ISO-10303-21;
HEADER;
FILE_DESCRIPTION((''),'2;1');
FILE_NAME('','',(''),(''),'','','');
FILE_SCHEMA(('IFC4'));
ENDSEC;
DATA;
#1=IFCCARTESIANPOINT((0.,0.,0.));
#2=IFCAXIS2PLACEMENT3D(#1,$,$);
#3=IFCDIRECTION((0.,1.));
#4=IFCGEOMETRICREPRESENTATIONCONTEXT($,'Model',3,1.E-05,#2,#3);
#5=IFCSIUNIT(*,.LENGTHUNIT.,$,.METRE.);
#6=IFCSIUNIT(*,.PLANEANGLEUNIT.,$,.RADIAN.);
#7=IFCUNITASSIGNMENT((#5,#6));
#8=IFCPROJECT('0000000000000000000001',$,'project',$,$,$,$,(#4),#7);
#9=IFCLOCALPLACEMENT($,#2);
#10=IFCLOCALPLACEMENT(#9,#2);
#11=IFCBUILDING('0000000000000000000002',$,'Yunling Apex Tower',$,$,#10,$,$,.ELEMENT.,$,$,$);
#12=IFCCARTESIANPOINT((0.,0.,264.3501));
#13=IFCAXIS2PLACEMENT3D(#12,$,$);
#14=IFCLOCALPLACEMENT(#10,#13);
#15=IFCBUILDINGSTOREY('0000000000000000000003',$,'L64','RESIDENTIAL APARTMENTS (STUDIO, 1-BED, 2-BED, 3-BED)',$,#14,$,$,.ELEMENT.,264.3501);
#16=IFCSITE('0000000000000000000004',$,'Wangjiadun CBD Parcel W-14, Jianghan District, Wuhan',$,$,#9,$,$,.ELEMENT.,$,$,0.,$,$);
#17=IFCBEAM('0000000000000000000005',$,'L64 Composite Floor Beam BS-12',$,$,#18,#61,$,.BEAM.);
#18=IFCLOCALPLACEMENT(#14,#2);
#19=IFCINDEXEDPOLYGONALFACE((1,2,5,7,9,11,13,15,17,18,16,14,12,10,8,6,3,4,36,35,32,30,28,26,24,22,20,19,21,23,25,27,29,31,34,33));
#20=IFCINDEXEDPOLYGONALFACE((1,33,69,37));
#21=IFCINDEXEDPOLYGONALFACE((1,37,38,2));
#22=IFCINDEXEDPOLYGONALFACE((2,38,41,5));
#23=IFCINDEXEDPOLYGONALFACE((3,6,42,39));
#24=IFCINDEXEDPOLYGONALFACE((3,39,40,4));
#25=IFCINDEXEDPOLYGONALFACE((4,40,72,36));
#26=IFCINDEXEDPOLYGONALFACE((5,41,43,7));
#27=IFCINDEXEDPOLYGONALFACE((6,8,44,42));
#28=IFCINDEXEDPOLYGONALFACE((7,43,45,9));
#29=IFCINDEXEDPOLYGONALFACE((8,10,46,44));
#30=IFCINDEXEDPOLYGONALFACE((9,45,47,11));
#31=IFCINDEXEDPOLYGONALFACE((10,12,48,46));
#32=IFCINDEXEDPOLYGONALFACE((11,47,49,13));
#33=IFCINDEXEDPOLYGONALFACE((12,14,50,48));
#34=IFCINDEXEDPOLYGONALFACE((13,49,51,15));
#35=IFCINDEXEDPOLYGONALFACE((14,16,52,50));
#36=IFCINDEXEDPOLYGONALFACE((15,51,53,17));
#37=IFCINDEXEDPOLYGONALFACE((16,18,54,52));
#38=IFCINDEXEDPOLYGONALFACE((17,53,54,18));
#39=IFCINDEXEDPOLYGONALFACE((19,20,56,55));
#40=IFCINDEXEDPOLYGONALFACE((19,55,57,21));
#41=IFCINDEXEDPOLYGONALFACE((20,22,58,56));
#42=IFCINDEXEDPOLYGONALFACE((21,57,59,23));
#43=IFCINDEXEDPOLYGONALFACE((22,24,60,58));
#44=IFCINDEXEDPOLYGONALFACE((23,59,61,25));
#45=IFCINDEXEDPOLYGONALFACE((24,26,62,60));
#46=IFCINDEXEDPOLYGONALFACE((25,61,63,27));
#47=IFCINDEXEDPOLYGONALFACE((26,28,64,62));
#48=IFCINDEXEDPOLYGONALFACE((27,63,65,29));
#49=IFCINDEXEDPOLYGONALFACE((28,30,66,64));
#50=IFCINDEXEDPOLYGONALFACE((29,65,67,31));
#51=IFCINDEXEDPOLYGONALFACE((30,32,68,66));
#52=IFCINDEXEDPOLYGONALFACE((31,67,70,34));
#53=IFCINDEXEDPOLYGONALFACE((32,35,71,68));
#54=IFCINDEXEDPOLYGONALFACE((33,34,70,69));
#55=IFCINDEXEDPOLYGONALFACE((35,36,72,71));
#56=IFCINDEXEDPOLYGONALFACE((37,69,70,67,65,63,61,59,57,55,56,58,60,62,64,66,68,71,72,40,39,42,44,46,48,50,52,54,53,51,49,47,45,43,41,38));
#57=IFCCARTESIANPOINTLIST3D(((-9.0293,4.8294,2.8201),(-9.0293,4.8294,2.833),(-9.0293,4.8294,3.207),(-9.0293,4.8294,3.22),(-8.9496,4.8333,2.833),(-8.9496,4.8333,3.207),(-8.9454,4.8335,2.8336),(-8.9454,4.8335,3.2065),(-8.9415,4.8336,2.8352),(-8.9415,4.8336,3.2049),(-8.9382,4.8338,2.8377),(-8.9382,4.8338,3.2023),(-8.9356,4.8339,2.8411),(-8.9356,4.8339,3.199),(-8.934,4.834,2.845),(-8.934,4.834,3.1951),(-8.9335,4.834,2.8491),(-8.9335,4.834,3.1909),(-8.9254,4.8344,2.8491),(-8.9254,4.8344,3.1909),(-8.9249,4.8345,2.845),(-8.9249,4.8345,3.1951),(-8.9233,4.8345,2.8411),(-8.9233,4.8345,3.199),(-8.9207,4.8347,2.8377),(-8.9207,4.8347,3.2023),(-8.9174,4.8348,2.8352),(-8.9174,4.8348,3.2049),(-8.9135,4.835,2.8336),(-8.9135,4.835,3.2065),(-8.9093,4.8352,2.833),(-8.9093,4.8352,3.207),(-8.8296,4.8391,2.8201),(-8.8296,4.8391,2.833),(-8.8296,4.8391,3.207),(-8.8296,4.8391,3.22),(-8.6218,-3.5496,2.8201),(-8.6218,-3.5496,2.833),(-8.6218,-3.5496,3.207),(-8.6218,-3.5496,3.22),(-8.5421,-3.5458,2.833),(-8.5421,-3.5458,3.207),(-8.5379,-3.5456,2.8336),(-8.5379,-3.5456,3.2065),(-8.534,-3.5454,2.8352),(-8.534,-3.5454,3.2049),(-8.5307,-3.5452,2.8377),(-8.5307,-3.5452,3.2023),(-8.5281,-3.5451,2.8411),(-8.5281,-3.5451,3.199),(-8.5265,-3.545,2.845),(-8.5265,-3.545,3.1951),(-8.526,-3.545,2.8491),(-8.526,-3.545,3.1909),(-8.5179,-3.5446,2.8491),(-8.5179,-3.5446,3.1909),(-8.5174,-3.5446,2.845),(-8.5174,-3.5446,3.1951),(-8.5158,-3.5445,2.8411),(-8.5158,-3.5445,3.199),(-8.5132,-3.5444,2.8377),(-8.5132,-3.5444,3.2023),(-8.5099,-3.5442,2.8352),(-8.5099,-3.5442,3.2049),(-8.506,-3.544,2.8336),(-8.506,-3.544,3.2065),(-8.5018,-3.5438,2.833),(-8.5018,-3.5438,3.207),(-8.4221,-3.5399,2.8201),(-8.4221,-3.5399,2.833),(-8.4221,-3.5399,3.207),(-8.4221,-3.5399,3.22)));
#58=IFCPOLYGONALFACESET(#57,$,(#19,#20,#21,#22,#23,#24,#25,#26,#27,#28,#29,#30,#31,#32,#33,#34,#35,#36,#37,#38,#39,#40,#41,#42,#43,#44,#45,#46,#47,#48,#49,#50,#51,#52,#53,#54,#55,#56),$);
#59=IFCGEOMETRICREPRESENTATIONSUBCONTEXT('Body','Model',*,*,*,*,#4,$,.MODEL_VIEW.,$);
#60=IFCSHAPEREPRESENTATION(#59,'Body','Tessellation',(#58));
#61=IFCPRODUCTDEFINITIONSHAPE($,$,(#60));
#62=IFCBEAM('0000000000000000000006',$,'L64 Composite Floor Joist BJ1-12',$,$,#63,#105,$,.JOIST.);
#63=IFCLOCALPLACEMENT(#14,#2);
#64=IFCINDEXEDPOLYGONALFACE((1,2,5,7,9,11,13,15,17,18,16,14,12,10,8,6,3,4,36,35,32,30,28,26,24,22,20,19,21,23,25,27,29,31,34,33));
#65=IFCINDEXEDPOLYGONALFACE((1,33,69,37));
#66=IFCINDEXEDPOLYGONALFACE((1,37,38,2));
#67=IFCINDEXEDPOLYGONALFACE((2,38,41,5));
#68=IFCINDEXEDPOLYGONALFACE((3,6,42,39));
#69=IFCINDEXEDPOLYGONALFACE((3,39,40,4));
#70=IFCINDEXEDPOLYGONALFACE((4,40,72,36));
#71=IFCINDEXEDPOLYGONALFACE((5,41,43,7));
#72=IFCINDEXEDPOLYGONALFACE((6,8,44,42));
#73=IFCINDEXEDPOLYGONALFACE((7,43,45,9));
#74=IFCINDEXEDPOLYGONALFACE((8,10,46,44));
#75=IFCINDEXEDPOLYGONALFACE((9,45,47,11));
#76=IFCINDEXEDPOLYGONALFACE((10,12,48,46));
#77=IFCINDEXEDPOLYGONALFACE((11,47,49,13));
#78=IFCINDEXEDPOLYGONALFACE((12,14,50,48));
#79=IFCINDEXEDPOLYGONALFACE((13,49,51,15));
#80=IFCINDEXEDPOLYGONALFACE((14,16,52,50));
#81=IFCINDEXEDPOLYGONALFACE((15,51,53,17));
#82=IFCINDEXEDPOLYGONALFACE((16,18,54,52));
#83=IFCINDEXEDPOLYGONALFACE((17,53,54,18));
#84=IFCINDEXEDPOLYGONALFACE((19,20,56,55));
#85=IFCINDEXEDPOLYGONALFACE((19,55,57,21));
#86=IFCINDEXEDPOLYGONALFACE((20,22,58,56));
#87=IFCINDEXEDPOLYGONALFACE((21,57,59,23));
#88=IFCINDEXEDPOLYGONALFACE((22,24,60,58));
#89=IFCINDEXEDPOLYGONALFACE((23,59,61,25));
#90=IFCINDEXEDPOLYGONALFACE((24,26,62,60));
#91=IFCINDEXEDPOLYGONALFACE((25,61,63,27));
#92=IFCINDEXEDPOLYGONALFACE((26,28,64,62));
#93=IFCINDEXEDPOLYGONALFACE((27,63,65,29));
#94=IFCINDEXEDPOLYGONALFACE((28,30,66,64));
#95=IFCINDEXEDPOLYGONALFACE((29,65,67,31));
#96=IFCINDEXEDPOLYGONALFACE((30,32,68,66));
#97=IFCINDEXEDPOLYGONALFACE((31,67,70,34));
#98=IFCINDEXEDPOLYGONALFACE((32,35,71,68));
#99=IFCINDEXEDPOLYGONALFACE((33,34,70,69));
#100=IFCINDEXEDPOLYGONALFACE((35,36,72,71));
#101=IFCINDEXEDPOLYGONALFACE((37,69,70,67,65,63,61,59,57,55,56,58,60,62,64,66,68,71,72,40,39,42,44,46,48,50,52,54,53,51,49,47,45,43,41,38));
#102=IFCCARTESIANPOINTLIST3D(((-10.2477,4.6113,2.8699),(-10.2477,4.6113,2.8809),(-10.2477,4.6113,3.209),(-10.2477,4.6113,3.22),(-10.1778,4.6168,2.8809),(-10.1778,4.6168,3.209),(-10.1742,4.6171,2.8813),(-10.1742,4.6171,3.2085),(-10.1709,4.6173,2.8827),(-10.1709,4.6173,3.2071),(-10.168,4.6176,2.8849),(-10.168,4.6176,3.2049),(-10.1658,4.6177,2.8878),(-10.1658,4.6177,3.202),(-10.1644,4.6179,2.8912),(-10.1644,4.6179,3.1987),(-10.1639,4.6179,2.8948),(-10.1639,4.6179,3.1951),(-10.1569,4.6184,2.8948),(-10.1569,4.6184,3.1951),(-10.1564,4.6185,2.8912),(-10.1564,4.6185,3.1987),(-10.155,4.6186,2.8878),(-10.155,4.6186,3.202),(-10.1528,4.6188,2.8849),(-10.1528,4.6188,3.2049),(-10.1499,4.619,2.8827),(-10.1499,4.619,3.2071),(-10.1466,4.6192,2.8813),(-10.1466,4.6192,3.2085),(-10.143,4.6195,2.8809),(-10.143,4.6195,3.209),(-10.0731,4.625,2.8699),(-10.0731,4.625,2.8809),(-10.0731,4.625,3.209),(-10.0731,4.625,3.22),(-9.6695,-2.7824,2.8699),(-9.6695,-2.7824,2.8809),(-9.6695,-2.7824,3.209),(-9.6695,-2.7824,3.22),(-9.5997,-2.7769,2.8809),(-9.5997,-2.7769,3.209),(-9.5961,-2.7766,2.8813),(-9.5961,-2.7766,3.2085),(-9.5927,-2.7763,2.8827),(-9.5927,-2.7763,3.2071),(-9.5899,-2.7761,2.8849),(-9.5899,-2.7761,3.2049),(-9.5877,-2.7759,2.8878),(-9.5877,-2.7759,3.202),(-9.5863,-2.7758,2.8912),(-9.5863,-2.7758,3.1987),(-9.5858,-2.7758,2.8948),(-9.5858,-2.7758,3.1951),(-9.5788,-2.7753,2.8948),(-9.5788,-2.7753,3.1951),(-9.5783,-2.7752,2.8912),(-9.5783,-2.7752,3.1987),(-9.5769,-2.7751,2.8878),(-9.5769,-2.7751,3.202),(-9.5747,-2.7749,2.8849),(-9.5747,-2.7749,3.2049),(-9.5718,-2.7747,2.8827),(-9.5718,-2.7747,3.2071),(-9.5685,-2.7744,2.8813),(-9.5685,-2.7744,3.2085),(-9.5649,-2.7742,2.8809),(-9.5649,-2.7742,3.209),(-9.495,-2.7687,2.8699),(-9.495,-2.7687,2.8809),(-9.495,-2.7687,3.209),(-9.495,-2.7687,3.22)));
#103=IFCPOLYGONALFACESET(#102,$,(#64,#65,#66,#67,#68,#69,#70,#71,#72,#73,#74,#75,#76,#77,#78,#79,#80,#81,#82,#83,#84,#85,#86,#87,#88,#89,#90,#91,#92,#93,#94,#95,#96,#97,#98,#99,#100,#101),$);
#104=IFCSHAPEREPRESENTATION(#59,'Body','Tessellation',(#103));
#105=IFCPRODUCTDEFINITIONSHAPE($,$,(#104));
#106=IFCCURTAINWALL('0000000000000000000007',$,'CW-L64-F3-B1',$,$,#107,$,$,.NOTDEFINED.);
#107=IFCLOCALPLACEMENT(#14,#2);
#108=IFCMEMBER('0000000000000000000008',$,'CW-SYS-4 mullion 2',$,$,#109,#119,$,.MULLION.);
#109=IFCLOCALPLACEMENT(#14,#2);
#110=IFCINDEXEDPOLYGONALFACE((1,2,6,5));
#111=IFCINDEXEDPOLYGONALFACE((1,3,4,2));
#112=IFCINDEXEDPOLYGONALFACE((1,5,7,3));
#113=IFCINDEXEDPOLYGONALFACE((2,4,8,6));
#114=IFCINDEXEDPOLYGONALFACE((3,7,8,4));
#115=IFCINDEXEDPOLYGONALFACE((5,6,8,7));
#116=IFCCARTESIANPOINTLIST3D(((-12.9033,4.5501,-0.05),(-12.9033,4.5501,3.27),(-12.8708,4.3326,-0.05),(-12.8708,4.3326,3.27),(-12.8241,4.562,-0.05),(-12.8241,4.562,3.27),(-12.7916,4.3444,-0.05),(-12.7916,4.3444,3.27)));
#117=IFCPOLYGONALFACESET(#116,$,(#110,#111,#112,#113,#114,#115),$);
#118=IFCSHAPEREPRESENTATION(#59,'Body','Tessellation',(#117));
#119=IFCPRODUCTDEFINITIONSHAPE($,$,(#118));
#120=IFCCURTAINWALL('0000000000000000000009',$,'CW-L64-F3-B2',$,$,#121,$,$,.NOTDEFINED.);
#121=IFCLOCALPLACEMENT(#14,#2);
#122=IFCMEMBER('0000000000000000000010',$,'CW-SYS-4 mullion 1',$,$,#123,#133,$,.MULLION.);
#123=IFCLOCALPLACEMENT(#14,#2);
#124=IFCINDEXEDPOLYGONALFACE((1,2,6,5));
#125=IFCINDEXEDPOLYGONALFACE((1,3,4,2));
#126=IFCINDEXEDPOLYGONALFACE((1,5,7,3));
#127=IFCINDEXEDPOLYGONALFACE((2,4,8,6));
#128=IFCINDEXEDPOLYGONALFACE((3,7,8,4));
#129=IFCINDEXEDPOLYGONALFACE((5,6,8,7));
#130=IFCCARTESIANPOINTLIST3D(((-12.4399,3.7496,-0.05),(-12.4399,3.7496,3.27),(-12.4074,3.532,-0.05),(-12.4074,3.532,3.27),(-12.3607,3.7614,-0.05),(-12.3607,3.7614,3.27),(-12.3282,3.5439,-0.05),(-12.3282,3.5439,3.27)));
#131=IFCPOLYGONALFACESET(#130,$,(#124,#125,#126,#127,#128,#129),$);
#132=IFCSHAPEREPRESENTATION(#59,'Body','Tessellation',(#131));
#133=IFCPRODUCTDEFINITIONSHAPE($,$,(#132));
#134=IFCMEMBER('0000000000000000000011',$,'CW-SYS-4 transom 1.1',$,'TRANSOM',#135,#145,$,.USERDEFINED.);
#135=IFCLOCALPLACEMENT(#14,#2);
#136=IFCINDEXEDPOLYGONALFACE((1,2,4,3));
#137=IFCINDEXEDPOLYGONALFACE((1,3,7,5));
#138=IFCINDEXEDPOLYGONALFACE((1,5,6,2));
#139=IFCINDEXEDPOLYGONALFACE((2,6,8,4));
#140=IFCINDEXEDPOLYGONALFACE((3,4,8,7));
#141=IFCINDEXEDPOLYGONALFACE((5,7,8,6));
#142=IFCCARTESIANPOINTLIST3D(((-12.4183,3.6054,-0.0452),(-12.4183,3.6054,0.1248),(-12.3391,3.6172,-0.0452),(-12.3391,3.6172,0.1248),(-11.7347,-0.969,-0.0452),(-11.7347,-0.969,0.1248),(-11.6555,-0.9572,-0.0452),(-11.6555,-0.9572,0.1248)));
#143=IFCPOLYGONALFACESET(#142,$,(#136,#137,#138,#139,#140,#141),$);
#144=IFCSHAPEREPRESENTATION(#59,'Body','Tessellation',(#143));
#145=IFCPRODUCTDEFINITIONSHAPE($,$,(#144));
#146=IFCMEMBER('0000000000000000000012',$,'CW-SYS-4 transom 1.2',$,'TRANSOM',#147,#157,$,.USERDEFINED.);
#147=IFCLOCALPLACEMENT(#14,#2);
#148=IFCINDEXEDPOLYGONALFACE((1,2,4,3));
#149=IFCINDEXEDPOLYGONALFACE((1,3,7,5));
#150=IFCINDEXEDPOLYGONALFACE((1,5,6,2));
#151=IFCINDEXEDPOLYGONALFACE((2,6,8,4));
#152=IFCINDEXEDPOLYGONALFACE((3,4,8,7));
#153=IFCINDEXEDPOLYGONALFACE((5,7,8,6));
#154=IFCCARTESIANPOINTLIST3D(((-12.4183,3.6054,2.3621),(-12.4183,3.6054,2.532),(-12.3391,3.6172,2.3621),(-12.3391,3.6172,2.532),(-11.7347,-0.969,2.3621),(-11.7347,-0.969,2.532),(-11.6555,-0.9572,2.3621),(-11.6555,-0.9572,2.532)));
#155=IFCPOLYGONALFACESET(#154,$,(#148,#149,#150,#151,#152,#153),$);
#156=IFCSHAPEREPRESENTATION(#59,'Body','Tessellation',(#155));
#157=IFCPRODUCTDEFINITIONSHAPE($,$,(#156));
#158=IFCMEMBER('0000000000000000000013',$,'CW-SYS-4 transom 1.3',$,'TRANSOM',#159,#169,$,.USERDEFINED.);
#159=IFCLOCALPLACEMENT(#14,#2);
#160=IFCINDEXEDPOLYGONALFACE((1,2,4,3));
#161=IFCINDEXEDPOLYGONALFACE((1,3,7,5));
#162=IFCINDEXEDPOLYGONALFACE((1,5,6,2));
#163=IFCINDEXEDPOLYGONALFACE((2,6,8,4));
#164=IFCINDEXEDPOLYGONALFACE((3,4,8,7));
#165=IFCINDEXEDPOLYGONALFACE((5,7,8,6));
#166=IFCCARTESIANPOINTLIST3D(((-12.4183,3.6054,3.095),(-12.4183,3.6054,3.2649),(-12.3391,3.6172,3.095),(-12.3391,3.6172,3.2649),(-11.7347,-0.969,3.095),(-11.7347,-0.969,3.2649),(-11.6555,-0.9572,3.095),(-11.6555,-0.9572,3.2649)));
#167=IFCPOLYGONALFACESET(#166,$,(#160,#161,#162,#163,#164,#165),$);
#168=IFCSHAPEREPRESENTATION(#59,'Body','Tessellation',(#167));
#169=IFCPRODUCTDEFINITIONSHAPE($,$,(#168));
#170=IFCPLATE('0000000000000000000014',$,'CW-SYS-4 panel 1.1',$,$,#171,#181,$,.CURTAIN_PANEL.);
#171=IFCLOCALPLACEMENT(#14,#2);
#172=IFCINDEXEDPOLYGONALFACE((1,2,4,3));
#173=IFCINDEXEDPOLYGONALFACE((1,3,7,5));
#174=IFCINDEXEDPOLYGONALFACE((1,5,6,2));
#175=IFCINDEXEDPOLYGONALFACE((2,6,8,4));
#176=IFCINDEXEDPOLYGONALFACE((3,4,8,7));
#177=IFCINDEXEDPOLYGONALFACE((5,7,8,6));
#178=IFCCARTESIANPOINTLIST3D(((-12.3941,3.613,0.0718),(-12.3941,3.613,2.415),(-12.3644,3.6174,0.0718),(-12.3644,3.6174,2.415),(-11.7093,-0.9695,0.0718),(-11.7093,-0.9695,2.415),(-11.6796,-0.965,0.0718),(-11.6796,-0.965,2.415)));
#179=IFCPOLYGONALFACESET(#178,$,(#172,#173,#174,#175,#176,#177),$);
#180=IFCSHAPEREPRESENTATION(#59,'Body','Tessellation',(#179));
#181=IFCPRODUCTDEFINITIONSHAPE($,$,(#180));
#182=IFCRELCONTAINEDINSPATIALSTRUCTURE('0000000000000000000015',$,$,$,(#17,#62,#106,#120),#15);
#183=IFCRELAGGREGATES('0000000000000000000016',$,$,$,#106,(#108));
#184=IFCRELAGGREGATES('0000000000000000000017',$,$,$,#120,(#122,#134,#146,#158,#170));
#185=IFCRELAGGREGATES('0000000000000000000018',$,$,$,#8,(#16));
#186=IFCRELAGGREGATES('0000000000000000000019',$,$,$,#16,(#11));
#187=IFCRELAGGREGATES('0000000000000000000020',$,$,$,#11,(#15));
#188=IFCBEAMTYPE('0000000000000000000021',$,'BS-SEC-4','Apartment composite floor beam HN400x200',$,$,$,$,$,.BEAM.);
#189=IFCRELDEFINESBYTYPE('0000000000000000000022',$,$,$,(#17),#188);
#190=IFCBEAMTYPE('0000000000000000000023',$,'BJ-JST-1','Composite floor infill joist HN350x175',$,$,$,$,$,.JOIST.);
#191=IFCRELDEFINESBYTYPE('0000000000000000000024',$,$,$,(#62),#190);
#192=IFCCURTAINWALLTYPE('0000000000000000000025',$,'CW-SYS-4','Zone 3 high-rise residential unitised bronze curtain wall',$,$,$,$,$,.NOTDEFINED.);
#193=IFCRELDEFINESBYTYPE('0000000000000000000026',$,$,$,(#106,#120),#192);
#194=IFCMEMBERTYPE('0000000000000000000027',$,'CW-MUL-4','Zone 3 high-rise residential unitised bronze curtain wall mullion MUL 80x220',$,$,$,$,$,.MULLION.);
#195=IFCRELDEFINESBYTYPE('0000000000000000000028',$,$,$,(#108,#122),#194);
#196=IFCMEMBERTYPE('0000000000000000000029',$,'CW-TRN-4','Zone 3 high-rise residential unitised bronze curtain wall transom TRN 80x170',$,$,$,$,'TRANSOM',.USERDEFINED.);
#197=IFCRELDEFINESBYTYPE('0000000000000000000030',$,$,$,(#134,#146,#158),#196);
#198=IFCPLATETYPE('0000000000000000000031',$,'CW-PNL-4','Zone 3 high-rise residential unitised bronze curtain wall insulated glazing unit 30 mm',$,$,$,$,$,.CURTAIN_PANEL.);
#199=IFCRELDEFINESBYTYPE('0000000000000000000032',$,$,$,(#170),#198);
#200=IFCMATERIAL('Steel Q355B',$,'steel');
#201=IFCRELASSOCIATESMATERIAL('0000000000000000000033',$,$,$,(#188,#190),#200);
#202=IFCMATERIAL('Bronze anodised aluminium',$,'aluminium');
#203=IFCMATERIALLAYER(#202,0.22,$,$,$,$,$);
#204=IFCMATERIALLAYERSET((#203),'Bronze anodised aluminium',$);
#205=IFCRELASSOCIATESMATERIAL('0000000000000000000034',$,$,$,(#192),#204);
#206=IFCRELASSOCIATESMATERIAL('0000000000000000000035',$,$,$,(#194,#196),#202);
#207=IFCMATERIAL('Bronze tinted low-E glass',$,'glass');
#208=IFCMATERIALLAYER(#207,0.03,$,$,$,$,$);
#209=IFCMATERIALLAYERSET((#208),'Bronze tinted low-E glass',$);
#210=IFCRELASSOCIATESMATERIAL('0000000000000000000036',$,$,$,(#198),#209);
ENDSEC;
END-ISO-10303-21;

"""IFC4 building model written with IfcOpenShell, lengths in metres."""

from ifc_helpers import new_model, si_unit, direction, frame, origin, origin_2d, place, context, subcontext, project, spatial, rectangle, i_section, extrude, source, transform, mapped, material, layer, layer_set, material_profile, profile_set, type_object, element, aggregate, save


model = new_model("IFC4")

# Units and contexts
model_context = context("Model", 3, precision=1e-05, world=origin(), true_north=direction((0.0, 1.0)))
body_context = subcontext(model_context, "Body", "Model", "MODEL_VIEW")
ifc_project = project(units=[si_unit("LENGTHUNIT", "METRE"), si_unit("PLANEANGLEUNIT", "RADIAN")], contexts=[model_context])

# Site, building, storey
site_placement = place(None, origin())
site = spatial("IfcSite", under=ifc_project, at=site_placement, Name="Wangjiadun CBD Parcel W-14, Jianghan District, Wuhan", CompositionType="ELEMENT", RefElevation=0.0)
building_placement = place(site_placement, origin())
building = spatial("IfcBuilding", under=site, at=building_placement, Name="Yunling Apex Tower", CompositionType="ELEMENT")
storey_placement = place(building_placement, frame((0.0, 0.0, 264.3501)))
storey = spatial("IfcBuildingStorey", under=building, at=storey_placement, Name="L64", Description="RESIDENTIAL APARTMENTS (STUDIO, 1-BED, 2-BED, 3-BED)", CompositionType="ELEMENT", Elevation=264.3501)

# Shared definitions
ifc_material_1 = material(Name="Steel Q355B", Category="steel")

# Beams
ifc_material_profile_1 = material_profile(ifc_material_1, i_section(OverallWidth=0.2, OverallDepth=0.3999, WebThickness=0.0081, FlangeThickness=0.0129, FilletRadius=0.0161, at=origin_2d()))
ifc_profile_set_1 = profile_set([ifc_material_profile_1], Name="Steel Q355B")
beam_type_1 = type_object("IfcBeamType", Name="BS-SEC-4", Description="Apartment composite floor beam HN400x200", PredefinedType="BEAM", material=ifc_profile_set_1)
shared_shape_1 = source(origin(), body_context, "Body", "SweptSolid", [
    extrude(i_section(OverallWidth=0.2, OverallDepth=0.3999, WebThickness=0.0081, FlangeThickness=0.0129, FilletRadius=0.0161, at=origin_2d()), origin(), (0.0, 0.0, 1.0), 8.3889),
])
beam_1_placement = place(storey_placement, frame((-8.9294, 4.8342, 3.02), z_axis=(0.048573, -0.99882, 0.0), x_axis=(0.99882, 0.048573, 0.0)))
element("IfcBeam", 1, at=beam_1_placement, inside=storey, type_object=beam_type_1, Name="L64 Composite Floor Beam BS-12", PredefinedType="BEAM", context=body_context, shape_type="MappedRepresentation", body=[
    mapped(shared_shape_1, transform((0.0, 0.0, 0.0), scale=1.0)),
])
ifc_material_profile_2 = material_profile(ifc_material_1, i_section(OverallWidth=0.175, OverallDepth=0.3501, WebThickness=0.0071, FlangeThickness=0.011, FilletRadius=0.0139, at=origin_2d()))
ifc_profile_set_2 = profile_set([ifc_material_profile_2], Name="Steel Q355B")
beam_type_2 = type_object("IfcBeamType", Name="BJ-JST-1", Description="Composite floor infill joist HN350x175", PredefinedType="JOIST", material=ifc_profile_set_2)
shared_shape_2 = source(origin(), body_context, "Body", "SweptSolid", [
    extrude(i_section(OverallWidth=0.175, OverallDepth=0.3501, WebThickness=0.0071, FlangeThickness=0.011, FilletRadius=0.0139, at=origin_2d()), origin(), (0.0, 0.0, 1.0), 7.4163),
])
beam_2_placement = place(storey_placement, frame((-10.1604, 4.6182, 3.0449), z_axis=(0.077953, -0.996957, 0.0), x_axis=(0.996957, 0.077953, 0.0)))
element("IfcBeam", 2, at=beam_2_placement, inside=storey, type_object=beam_type_2, Name="L64 Composite Floor Joist BJ1-12", PredefinedType="JOIST", context=body_context, shape_type="MappedRepresentation", body=[
    mapped(shared_shape_2, transform((0.0, 0.0, 0.0), scale=1.0)),
])

# Curtain wall, member
ifc_material_2 = material(Name="Bronze anodised aluminium", Category="aluminium")
ifc_layer_1 = layer(ifc_material_2, 0.22)
ifc_layer_set_1 = layer_set([ifc_layer_1], Name="Bronze anodised aluminium")
curtain_wall_type = type_object("IfcCurtainWallType", Name="CW-SYS-4", Description="Zone 3 high-rise residential unitised bronze curtain wall", PredefinedType="NOTDEFINED", material=ifc_layer_set_1)
curtain_wall_1_placement = place(storey_placement, origin())
curtain_wall_1 = element("IfcCurtainWall", 3, at=curtain_wall_1_placement, inside=storey, type_object=curtain_wall_type, Name="CW-L64-F3-B1", PredefinedType="NOTDEFINED")
ifc_material_profile_3 = material_profile(ifc_material_2, rectangle(XDim=0.0801, YDim=0.22, at=origin_2d()))
ifc_profile_set_3 = profile_set([ifc_material_profile_3], Name="Bronze anodised aluminium")
member_type_1 = type_object("IfcMemberType", Name="CW-MUL-4", Description="Zone 3 high-rise residential unitised bronze curtain wall mullion MUL 80x220", PredefinedType="MULLION", material=ifc_profile_set_3)
shared_shape_3 = source(origin(), body_context, "Body", "SweptSolid", [
    extrude(rectangle(XDim=0.0801, YDim=0.22, at=origin_2d()), origin(), (0.0, 0.0, 1.0), 3.3201),
])
member_1_placement = place(storey_placement, frame((-12.8474, 4.4473, -0.05), z_axis=(0.0, 0.0, 1.0), x_axis=(0.989016, 0.147807, 0.0)))
member_1 = element("IfcMember", 4, at=member_1_placement, type_object=member_type_1, Name="CW-SYS-4 mullion 2", PredefinedType="MULLION", context=body_context, shape_type="MappedRepresentation", body=[
    mapped(shared_shape_3, transform((0.0, 0.0, 0.0), scale=1.0)),
])
aggregate(curtain_wall_1, [member_1])

# Curtain wall, members, plate
curtain_wall_2_placement = place(storey_placement, origin())
curtain_wall_2 = element("IfcCurtainWall", 5, at=curtain_wall_2_placement, inside=storey, type_object=curtain_wall_type, Name="CW-L64-F3-B2", PredefinedType="NOTDEFINED")
member_2_placement = place(storey_placement, frame((-12.384, 3.6467, -0.05), z_axis=(0.0, 0.0, 1.0), x_axis=(0.989017, 0.147804, 0.0)))
member_2 = element("IfcMember", 6, at=member_2_placement, type_object=member_type_1, Name="CW-SYS-4 mullion 1", PredefinedType="MULLION", context=body_context, shape_type="MappedRepresentation", body=[
    mapped(shared_shape_3, transform((0.0, 0.0, 0.0), scale=1.0)),
])
ifc_material_profile_4 = material_profile(ifc_material_2, rectangle(XDim=0.0801, YDim=0.1699, at=origin_2d()))
ifc_profile_set_4 = profile_set([ifc_material_profile_4], Name="Bronze anodised aluminium")
member_type_2 = type_object("IfcMemberType", Name="CW-TRN-4", Description="Zone 3 high-rise residential unitised bronze curtain wall transom TRN 80x170", ElementType="TRANSOM", PredefinedType="USERDEFINED", material=ifc_profile_set_4)
shared_shape_4 = source(origin(), body_context, "Body", "SweptSolid", [
    extrude(rectangle(XDim=0.0801, YDim=0.1699, at=origin_2d()), origin(), (0.0, 0.0, 1.0), 4.6252),
])
member_3_placement = place(storey_placement, frame((-12.3787, 3.6113, 0.0398), z_axis=(0.147796, -0.989018, 0.0), x_axis=(0.989018, 0.147796, 0.0)))
member_3 = element("IfcMember", 7, at=member_3_placement, type_object=member_type_2, Name="CW-SYS-4 transom 1.1", ObjectType="TRANSOM", PredefinedType="USERDEFINED", context=body_context, shape_type="MappedRepresentation", body=[
    mapped(shared_shape_4, transform((0.0, 0.0, 0.0), scale=1.0)),
])
member_4_placement = place(storey_placement, frame((-12.3787, 3.6113, 2.447), z_axis=(0.147796, -0.989018, 0.0), x_axis=(0.989018, 0.147796, 0.0)))
member_4 = element("IfcMember", 8, at=member_4_placement, type_object=member_type_2, Name="CW-SYS-4 transom 1.2", ObjectType="TRANSOM", PredefinedType="USERDEFINED", context=body_context, shape_type="MappedRepresentation", body=[
    mapped(shared_shape_4, transform((0.0, 0.0, 0.0), scale=1.0)),
])
member_5_placement = place(storey_placement, frame((-12.3787, 3.6113, 3.1799), z_axis=(0.147796, -0.989018, 0.0), x_axis=(0.989018, 0.147796, 0.0)))
member_5 = element("IfcMember", 9, at=member_5_placement, type_object=member_type_2, Name="CW-SYS-4 transom 1.3", ObjectType="TRANSOM", PredefinedType="USERDEFINED", context=body_context, shape_type="MappedRepresentation", body=[
    mapped(shared_shape_4, transform((0.0, 0.0, 0.0), scale=1.0)),
])
ifc_material_3 = material(Name="Bronze tinted low-E glass", Category="glass")
ifc_layer_2 = layer(ifc_material_3, 0.03)
ifc_layer_set_2 = layer_set([ifc_layer_2], Name="Bronze tinted low-E glass")
plate_type = type_object("IfcPlateType", Name="CW-PNL-4", Description="Zone 3 high-rise residential unitised bronze curtain wall insulated glazing unit 30 mm", PredefinedType="CURTAIN_PANEL", material=ifc_layer_set_2)
shared_shape_5 = source(origin(), body_context, "Body", "SweptSolid", [
    extrude(rectangle(XDim=4.6333, YDim=0.03, at=origin_2d()), origin(), (0.0, 0.0, 1.0), 2.3433),
])
plate_1_placement = place(storey_placement, frame((-12.0369, 1.324, 0.0718), z_axis=(0.0, 0.0, 1.0), x_axis=(0.147804, -0.989017, 0.0)))
plate_1 = element("IfcPlate", 10, at=plate_1_placement, type_object=plate_type, Name="CW-SYS-4 panel 1.1", PredefinedType="CURTAIN_PANEL", context=body_context, shape_type="MappedRepresentation", body=[
    mapped(shared_shape_5, transform((0.0, 0.0, 0.0), scale=1.0)),
])
aggregate(curtain_wall_2, [member_2, member_3, member_4, member_5, plate_1])

save(model, "model.ifc")
